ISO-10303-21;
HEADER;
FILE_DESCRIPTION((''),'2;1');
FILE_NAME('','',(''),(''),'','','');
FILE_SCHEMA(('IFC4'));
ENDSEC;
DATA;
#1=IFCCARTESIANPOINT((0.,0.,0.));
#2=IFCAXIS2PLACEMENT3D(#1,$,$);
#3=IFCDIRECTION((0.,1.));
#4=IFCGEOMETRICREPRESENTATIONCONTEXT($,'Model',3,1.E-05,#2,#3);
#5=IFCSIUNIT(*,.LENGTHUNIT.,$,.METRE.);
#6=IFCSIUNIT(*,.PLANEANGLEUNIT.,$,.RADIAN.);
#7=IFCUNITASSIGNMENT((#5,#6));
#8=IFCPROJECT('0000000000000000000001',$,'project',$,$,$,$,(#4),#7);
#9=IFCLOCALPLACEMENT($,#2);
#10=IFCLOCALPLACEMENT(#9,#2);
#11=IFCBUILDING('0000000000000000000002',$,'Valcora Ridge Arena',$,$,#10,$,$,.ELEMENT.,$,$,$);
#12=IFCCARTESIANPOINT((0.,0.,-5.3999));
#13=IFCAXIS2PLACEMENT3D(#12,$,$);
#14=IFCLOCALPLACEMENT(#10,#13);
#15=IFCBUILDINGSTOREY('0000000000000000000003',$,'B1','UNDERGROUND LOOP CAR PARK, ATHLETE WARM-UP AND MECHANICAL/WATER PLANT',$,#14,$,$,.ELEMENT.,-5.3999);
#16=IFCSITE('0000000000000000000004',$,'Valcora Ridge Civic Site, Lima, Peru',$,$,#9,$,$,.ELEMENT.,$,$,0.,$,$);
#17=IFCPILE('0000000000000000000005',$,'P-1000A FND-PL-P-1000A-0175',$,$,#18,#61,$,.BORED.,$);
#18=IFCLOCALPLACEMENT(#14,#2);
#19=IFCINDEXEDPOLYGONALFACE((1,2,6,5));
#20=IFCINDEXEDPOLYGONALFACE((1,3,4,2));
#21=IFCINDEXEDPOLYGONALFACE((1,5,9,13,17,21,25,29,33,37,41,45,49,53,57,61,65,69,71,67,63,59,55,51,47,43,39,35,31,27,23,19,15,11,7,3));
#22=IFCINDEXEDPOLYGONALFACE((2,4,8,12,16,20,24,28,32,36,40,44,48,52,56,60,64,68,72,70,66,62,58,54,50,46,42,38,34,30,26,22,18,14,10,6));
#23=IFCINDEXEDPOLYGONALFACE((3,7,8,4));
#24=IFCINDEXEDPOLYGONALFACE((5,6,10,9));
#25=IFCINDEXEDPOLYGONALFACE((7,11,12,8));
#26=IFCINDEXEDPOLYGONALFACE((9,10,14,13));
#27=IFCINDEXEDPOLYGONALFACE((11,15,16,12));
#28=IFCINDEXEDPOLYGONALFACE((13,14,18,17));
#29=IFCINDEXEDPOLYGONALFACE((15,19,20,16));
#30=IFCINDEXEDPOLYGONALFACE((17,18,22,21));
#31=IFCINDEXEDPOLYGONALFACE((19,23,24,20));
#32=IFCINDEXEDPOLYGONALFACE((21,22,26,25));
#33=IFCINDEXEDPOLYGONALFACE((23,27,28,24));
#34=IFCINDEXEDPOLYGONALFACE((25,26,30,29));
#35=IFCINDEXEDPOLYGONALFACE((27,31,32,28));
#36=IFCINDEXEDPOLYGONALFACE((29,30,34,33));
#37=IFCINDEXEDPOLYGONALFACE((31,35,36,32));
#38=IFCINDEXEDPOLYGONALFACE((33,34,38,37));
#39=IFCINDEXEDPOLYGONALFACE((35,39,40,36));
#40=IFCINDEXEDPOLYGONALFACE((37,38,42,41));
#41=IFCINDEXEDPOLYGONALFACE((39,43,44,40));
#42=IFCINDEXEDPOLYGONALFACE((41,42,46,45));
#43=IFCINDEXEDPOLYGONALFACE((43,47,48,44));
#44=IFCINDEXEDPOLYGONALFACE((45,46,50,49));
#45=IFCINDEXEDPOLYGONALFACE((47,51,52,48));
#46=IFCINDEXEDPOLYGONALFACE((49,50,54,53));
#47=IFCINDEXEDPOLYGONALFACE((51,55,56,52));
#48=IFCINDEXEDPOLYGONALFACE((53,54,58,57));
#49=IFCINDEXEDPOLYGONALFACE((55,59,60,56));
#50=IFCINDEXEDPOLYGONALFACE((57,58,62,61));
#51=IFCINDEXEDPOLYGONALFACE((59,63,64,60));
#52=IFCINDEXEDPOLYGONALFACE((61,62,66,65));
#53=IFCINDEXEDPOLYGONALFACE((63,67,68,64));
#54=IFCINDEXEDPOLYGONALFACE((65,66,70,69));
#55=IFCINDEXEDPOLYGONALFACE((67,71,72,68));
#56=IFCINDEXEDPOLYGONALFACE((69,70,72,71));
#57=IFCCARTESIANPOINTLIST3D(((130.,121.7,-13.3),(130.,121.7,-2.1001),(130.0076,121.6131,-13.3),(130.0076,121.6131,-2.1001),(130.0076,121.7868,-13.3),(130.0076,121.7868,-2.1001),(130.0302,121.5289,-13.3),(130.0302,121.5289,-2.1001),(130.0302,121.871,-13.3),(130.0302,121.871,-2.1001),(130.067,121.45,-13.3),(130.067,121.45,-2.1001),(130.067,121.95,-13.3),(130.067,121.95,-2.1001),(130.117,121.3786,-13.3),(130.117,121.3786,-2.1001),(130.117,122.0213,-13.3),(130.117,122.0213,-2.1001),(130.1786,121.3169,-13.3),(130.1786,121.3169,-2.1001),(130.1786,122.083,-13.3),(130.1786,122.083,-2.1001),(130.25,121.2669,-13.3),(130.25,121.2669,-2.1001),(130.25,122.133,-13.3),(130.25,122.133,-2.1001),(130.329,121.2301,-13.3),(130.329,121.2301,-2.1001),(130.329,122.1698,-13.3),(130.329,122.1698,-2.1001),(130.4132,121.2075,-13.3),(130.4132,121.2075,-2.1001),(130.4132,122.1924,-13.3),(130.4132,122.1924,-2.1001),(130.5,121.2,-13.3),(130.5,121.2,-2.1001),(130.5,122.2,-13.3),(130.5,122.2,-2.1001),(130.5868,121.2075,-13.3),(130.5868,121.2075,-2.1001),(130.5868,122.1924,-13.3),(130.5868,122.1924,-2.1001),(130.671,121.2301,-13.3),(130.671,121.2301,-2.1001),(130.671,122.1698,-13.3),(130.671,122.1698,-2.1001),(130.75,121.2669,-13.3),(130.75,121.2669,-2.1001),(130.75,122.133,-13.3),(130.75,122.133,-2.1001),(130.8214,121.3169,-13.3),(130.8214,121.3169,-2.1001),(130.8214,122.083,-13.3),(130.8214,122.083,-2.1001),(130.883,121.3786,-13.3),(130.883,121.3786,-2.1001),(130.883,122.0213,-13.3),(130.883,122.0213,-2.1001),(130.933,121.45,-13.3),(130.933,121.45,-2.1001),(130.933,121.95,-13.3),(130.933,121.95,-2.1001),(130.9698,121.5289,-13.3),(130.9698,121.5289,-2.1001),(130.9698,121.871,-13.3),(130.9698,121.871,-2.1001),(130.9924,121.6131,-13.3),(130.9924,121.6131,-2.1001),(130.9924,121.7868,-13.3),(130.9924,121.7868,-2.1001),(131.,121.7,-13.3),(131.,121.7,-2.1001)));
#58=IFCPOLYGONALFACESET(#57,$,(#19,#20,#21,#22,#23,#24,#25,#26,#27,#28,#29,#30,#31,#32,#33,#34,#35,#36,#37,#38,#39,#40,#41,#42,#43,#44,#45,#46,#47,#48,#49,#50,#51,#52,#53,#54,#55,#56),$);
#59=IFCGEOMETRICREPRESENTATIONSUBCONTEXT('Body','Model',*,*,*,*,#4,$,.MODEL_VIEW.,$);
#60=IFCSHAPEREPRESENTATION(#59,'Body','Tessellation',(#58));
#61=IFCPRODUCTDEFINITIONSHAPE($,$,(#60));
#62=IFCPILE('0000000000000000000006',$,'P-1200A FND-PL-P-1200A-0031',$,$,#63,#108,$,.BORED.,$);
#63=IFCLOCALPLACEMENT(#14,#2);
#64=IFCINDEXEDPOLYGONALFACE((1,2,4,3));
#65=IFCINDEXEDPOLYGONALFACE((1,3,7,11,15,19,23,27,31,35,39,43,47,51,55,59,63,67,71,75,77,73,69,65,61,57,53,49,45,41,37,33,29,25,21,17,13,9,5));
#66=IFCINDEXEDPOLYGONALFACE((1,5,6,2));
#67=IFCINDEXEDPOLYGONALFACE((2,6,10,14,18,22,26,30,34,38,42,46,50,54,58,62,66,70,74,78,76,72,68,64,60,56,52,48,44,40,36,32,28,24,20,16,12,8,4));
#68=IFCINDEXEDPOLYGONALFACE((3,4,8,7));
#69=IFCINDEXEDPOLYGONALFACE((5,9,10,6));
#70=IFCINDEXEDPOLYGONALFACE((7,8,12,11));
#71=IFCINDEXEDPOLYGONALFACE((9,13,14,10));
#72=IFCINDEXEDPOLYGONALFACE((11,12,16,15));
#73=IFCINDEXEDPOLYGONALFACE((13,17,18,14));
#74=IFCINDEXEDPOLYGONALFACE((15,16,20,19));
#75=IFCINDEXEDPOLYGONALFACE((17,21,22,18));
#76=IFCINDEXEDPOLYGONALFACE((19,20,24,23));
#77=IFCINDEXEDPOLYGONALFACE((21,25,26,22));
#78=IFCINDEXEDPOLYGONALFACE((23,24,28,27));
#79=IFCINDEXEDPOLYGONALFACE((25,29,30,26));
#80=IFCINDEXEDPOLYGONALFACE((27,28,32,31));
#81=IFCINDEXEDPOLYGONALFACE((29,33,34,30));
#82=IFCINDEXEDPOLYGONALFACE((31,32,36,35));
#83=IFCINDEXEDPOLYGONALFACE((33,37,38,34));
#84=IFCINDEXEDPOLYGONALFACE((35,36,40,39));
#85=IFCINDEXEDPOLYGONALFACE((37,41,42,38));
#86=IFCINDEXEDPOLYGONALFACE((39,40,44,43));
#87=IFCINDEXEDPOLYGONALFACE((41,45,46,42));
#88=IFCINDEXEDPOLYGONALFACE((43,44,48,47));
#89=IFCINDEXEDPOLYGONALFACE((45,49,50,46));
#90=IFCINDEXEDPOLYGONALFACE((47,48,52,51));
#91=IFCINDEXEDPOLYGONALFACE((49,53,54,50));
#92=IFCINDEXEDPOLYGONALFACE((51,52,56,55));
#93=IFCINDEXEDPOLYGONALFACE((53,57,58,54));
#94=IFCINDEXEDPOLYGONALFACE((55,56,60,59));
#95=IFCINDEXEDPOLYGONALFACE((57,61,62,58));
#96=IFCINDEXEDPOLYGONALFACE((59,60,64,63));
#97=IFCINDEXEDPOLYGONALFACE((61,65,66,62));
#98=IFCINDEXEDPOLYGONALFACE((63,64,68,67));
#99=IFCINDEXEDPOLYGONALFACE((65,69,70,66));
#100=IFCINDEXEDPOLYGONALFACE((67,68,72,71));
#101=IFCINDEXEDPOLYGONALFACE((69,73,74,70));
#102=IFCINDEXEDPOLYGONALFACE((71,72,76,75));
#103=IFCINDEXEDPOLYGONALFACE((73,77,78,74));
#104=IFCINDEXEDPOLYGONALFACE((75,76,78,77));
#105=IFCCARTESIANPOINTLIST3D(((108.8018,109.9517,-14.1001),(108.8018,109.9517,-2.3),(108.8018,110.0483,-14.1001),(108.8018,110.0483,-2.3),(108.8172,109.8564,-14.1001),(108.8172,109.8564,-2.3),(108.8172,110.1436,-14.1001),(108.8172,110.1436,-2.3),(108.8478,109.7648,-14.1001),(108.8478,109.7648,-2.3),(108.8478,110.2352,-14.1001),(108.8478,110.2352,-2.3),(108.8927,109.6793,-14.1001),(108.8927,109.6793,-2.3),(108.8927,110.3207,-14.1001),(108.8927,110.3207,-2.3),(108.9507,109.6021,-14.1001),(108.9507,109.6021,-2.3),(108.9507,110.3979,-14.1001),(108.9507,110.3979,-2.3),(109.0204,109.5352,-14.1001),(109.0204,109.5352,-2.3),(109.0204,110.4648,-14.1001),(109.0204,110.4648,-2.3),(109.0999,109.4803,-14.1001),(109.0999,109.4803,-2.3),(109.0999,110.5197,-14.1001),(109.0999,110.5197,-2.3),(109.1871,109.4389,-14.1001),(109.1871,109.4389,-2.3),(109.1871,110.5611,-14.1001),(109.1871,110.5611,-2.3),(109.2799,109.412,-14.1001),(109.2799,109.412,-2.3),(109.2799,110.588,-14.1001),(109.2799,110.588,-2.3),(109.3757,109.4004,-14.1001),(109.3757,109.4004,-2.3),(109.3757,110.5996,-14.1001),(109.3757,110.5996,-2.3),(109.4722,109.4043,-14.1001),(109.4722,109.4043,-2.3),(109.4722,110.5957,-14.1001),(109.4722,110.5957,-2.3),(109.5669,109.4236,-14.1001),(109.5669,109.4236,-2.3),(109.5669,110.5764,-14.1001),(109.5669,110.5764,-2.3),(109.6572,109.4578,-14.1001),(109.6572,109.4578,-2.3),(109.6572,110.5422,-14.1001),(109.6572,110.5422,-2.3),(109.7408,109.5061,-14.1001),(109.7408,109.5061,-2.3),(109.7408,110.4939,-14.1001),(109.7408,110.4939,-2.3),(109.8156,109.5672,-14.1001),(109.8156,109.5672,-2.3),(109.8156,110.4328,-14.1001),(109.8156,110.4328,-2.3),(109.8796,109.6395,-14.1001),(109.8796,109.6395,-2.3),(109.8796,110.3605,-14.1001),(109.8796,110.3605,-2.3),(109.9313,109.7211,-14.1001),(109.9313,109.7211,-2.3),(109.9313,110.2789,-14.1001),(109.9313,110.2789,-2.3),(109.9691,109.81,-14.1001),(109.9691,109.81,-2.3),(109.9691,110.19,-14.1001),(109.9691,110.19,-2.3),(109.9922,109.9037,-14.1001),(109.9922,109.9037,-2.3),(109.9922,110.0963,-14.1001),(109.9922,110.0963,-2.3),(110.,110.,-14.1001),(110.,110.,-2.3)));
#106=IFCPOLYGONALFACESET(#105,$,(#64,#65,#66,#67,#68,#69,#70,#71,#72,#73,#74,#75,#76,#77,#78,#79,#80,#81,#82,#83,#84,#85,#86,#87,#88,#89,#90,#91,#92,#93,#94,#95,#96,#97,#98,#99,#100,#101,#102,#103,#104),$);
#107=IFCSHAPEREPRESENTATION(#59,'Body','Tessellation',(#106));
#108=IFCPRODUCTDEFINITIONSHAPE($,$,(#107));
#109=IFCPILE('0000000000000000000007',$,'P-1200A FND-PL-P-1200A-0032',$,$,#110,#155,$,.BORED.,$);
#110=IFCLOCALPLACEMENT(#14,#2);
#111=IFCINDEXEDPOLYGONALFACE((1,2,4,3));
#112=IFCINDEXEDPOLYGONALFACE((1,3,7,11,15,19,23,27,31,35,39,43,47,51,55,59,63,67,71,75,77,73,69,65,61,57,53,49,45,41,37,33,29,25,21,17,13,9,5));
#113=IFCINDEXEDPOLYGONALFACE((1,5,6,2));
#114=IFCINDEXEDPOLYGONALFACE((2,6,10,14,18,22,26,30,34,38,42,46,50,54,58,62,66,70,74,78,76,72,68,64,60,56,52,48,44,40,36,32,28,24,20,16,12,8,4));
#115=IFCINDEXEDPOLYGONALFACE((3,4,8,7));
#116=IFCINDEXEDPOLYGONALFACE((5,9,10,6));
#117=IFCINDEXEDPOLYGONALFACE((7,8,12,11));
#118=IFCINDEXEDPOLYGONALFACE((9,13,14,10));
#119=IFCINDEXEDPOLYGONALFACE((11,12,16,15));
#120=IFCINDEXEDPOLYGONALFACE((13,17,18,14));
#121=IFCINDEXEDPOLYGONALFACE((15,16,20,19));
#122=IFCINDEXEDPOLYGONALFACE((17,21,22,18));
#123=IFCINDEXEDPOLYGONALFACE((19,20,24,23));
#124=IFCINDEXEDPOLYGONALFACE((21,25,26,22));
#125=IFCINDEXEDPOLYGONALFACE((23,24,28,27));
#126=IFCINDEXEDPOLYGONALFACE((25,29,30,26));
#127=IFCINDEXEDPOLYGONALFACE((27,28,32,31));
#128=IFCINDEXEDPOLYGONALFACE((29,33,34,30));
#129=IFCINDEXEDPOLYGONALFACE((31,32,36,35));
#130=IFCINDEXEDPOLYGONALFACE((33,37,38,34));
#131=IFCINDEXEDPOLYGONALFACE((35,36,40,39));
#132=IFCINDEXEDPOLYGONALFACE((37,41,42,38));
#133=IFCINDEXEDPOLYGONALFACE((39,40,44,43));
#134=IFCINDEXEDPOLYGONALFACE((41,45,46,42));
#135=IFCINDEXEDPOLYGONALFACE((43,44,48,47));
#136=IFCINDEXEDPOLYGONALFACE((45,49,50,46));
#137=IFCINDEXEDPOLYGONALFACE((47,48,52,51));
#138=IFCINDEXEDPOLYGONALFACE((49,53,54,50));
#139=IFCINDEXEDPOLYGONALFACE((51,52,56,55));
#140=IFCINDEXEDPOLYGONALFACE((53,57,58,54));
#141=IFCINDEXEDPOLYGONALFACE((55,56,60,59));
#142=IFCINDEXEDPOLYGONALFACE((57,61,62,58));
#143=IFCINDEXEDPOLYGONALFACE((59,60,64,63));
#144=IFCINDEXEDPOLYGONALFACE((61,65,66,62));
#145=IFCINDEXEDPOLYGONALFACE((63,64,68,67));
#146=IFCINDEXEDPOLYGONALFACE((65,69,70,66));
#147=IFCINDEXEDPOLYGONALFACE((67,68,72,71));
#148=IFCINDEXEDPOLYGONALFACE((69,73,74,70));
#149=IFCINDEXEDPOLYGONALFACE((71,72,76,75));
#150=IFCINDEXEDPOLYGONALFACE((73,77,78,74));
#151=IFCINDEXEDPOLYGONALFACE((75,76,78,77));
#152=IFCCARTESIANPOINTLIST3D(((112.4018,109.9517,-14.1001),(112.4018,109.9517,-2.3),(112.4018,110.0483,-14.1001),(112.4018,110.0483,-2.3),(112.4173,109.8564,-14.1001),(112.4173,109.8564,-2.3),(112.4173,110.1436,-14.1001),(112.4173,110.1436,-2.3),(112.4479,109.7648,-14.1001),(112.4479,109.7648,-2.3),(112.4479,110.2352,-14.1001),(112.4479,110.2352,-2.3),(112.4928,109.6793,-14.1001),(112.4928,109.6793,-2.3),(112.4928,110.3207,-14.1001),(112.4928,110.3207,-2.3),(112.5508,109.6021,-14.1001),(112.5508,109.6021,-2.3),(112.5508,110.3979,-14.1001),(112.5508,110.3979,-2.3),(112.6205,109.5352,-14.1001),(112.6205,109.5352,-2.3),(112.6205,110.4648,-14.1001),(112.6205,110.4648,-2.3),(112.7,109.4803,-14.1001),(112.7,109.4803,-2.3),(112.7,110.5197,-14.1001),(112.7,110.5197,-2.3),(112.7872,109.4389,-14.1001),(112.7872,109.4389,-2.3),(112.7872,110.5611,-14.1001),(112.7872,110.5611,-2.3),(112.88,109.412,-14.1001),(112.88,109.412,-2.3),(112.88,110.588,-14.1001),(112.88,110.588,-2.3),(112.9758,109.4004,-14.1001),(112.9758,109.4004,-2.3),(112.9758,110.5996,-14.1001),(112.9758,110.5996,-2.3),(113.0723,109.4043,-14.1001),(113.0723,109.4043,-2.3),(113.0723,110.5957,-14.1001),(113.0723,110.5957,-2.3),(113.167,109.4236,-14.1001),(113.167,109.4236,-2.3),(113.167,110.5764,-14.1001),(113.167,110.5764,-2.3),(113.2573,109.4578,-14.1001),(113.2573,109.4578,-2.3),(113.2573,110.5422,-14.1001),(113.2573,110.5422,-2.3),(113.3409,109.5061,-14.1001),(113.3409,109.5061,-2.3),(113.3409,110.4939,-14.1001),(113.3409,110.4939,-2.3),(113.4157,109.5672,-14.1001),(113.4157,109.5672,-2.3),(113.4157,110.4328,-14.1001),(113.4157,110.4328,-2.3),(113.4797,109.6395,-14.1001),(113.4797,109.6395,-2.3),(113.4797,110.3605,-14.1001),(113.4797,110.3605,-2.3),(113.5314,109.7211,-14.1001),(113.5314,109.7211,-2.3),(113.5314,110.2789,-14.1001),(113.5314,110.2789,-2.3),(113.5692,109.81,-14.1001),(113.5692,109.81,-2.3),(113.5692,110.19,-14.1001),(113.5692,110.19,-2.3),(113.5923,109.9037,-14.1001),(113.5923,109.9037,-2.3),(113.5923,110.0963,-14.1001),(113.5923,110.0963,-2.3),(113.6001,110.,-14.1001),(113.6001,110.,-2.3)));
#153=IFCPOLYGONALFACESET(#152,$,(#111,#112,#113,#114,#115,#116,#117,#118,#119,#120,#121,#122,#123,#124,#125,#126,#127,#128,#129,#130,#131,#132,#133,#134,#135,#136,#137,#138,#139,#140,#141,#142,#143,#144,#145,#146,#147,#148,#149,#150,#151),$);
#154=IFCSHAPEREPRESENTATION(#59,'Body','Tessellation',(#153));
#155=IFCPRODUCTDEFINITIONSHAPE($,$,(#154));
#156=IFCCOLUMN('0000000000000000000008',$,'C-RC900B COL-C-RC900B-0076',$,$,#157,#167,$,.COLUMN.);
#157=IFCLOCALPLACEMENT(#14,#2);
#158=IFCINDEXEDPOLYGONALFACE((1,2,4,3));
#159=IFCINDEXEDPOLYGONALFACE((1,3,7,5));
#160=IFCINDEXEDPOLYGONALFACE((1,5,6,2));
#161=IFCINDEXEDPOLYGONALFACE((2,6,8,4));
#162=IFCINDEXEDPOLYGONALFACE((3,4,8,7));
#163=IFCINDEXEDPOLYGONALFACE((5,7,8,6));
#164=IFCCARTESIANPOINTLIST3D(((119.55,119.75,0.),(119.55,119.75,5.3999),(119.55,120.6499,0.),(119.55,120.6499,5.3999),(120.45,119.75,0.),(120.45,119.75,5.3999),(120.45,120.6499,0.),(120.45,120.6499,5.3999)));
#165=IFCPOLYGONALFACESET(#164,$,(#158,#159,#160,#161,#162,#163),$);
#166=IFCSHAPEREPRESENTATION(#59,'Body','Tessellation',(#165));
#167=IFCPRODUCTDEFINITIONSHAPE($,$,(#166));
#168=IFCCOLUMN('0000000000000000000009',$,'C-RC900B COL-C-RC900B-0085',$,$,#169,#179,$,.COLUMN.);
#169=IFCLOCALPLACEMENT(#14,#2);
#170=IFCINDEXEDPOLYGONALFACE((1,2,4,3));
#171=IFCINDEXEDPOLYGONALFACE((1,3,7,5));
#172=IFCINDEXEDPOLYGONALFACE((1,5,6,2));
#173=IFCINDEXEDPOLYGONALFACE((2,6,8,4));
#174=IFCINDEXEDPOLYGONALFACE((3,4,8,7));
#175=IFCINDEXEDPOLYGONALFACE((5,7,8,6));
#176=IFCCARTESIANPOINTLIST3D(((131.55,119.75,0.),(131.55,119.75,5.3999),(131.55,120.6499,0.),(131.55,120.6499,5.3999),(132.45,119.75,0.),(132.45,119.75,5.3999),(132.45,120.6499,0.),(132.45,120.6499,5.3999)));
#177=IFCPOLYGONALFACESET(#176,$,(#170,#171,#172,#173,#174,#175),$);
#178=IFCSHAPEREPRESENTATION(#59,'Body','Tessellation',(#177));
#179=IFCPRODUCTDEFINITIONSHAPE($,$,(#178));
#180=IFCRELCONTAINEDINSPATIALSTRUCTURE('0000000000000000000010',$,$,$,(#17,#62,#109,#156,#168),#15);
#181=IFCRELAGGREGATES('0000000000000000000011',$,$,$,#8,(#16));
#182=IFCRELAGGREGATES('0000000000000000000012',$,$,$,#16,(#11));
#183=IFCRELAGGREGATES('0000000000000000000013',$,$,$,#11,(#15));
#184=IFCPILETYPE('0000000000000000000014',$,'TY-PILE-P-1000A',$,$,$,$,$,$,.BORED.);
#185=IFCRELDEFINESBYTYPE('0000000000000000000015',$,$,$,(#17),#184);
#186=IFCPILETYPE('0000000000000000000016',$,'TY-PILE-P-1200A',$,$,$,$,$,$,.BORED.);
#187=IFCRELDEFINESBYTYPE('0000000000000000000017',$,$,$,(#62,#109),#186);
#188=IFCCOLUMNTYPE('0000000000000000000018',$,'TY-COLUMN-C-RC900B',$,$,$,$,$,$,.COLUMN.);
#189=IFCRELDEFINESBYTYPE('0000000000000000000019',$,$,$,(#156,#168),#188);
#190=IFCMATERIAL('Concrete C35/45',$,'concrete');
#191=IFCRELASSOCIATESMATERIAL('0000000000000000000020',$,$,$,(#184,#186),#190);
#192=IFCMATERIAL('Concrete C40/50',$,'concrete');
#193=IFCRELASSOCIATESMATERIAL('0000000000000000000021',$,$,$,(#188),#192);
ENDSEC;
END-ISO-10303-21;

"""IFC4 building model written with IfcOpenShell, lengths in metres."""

from ifc_helpers import new_model, si_unit, direction, frame, origin, origin_2d, place, context, subcontext, project, spatial, rectangle, circle, extrude, material, material_profile, profile_set, type_object, element, save


model = new_model("IFC4")

# Units and contexts
model_context = context("Model", 3, precision=1e-05, world=origin(), true_north=direction((0.0, 1.0)))
body_context = subcontext(model_context, "Body", "Model", "MODEL_VIEW")
ifc_project = project(units=[si_unit("LENGTHUNIT", "METRE"), si_unit("PLANEANGLEUNIT", "RADIAN")], contexts=[model_context])

# Site, building, storey
site_placement = place(None, origin())
site = spatial("IfcSite", under=ifc_project, at=site_placement, Name="Valcora Ridge Civic Site, Lima, Peru", CompositionType="ELEMENT", RefElevation=0.0)
building_placement = place(site_placement, origin())
building = spatial("IfcBuilding", under=site, at=building_placement, Name="Valcora Ridge Arena", CompositionType="ELEMENT")
storey_placement = place(building_placement, frame((0.0, 0.0, -5.3999)))
storey = spatial("IfcBuildingStorey", under=building, at=storey_placement, Name="B1", Description="UNDERGROUND LOOP CAR PARK, ATHLETE WARM-UP AND MECHANICAL/WATER PLANT", CompositionType="ELEMENT", Elevation=-5.3999)

# Shared definitions
ifc_material_1 = material(Name="Concrete C40/50", Category="concrete")

# Piles
ifc_material_2 = material(Name="Concrete C35/45", Category="concrete")
ifc_material_profile_1 = material_profile(ifc_material_2, circle(Radius=0.5, at=origin_2d()), Name="BORED PILE D1000")
ifc_profile_set_1 = profile_set([ifc_material_profile_1], Name="Concrete C35/45")
pile_type_1 = type_object("IfcPileType", Name="TY-PILE-P-1000A", PredefinedType="BORED", material=ifc_profile_set_1)
for number, where, z_axis, x_axis, name in (
    (1, (130.5, 121.7, -2.1001), (0.0, 0.0, -1.0), (1.0, 0.0, 0.0), "P-1000A FND-PL-P-1000A-0175"),
):
    element("IfcPile", number, at=place(storey_placement, frame(where, z_axis=z_axis, x_axis=x_axis)), inside=storey, type_object=pile_type_1, Name=name, PredefinedType="BORED", context=body_context, shape_type="SweptSolid", body=[
        extrude(circle(Radius=0.5, at=origin_2d()), origin(), (0.0, 0.0, 1.0), 11.2),
    ])
ifc_material_profile_2 = material_profile(ifc_material_2, circle(Radius=0.6001, at=origin_2d()), Name="BORED PILE D1200")
ifc_profile_set_2 = profile_set([ifc_material_profile_2], Name="Concrete C35/45")
pile_type_2 = type_object("IfcPileType", Name="TY-PILE-P-1200A", PredefinedType="BORED", material=ifc_profile_set_2)
for number, where, z_axis, x_axis, name in (
    (2, (109.3999, 110.0, -2.3), (0.0, 0.0, -1.0), (1.0, 0.0, 0.0), "P-1200A FND-PL-P-1200A-0031"),
    (3, (113.0, 110.0, -2.3), (0.0, 0.0, -1.0), (1.0, 0.0, 0.0), "P-1200A FND-PL-P-1200A-0032"),
):
    element("IfcPile", number, at=place(storey_placement, frame(where, z_axis=z_axis, x_axis=x_axis)), inside=storey, type_object=pile_type_2, Name=name, PredefinedType="BORED", context=body_context, shape_type="SweptSolid", body=[
        extrude(circle(Radius=0.6001, at=origin_2d()), origin(), (0.0, 0.0, 1.0), 11.8),
    ])

# Columns
ifc_material_profile_3 = material_profile(ifc_material_1, rectangle(XDim=0.8999, YDim=0.8999, at=origin_2d()), Name="RC 900x900")
ifc_profile_set_3 = profile_set([ifc_material_profile_3], Name="Concrete C40/50")
column_type = type_object("IfcColumnType", Name="TY-COLUMN-C-RC900B", PredefinedType="COLUMN", material=ifc_profile_set_3)
for number, where, z_axis, x_axis, name in (
    (4, (120.0, 120.2, 0.0), (0.0, 0.0, 1.0), (1.0, 0.0, 0.0), "C-RC900B COL-C-RC900B-0076"),
    (5, (132.0, 120.2, 0.0), (0.0, 0.0, 1.0), (1.0, 0.0, 0.0), "C-RC900B COL-C-RC900B-0085"),
):
    element("IfcColumn", number, at=place(storey_placement, frame(where, z_axis=z_axis, x_axis=x_axis)), inside=storey, type_object=column_type, Name=name, PredefinedType="COLUMN", context=body_context, shape_type="SweptSolid", body=[
        extrude(rectangle(XDim=0.8999, YDim=0.8999, at=origin_2d()), origin(), (0.0, 0.0, 1.0), 5.3999),
    ])

save(model, "model.ifc")
